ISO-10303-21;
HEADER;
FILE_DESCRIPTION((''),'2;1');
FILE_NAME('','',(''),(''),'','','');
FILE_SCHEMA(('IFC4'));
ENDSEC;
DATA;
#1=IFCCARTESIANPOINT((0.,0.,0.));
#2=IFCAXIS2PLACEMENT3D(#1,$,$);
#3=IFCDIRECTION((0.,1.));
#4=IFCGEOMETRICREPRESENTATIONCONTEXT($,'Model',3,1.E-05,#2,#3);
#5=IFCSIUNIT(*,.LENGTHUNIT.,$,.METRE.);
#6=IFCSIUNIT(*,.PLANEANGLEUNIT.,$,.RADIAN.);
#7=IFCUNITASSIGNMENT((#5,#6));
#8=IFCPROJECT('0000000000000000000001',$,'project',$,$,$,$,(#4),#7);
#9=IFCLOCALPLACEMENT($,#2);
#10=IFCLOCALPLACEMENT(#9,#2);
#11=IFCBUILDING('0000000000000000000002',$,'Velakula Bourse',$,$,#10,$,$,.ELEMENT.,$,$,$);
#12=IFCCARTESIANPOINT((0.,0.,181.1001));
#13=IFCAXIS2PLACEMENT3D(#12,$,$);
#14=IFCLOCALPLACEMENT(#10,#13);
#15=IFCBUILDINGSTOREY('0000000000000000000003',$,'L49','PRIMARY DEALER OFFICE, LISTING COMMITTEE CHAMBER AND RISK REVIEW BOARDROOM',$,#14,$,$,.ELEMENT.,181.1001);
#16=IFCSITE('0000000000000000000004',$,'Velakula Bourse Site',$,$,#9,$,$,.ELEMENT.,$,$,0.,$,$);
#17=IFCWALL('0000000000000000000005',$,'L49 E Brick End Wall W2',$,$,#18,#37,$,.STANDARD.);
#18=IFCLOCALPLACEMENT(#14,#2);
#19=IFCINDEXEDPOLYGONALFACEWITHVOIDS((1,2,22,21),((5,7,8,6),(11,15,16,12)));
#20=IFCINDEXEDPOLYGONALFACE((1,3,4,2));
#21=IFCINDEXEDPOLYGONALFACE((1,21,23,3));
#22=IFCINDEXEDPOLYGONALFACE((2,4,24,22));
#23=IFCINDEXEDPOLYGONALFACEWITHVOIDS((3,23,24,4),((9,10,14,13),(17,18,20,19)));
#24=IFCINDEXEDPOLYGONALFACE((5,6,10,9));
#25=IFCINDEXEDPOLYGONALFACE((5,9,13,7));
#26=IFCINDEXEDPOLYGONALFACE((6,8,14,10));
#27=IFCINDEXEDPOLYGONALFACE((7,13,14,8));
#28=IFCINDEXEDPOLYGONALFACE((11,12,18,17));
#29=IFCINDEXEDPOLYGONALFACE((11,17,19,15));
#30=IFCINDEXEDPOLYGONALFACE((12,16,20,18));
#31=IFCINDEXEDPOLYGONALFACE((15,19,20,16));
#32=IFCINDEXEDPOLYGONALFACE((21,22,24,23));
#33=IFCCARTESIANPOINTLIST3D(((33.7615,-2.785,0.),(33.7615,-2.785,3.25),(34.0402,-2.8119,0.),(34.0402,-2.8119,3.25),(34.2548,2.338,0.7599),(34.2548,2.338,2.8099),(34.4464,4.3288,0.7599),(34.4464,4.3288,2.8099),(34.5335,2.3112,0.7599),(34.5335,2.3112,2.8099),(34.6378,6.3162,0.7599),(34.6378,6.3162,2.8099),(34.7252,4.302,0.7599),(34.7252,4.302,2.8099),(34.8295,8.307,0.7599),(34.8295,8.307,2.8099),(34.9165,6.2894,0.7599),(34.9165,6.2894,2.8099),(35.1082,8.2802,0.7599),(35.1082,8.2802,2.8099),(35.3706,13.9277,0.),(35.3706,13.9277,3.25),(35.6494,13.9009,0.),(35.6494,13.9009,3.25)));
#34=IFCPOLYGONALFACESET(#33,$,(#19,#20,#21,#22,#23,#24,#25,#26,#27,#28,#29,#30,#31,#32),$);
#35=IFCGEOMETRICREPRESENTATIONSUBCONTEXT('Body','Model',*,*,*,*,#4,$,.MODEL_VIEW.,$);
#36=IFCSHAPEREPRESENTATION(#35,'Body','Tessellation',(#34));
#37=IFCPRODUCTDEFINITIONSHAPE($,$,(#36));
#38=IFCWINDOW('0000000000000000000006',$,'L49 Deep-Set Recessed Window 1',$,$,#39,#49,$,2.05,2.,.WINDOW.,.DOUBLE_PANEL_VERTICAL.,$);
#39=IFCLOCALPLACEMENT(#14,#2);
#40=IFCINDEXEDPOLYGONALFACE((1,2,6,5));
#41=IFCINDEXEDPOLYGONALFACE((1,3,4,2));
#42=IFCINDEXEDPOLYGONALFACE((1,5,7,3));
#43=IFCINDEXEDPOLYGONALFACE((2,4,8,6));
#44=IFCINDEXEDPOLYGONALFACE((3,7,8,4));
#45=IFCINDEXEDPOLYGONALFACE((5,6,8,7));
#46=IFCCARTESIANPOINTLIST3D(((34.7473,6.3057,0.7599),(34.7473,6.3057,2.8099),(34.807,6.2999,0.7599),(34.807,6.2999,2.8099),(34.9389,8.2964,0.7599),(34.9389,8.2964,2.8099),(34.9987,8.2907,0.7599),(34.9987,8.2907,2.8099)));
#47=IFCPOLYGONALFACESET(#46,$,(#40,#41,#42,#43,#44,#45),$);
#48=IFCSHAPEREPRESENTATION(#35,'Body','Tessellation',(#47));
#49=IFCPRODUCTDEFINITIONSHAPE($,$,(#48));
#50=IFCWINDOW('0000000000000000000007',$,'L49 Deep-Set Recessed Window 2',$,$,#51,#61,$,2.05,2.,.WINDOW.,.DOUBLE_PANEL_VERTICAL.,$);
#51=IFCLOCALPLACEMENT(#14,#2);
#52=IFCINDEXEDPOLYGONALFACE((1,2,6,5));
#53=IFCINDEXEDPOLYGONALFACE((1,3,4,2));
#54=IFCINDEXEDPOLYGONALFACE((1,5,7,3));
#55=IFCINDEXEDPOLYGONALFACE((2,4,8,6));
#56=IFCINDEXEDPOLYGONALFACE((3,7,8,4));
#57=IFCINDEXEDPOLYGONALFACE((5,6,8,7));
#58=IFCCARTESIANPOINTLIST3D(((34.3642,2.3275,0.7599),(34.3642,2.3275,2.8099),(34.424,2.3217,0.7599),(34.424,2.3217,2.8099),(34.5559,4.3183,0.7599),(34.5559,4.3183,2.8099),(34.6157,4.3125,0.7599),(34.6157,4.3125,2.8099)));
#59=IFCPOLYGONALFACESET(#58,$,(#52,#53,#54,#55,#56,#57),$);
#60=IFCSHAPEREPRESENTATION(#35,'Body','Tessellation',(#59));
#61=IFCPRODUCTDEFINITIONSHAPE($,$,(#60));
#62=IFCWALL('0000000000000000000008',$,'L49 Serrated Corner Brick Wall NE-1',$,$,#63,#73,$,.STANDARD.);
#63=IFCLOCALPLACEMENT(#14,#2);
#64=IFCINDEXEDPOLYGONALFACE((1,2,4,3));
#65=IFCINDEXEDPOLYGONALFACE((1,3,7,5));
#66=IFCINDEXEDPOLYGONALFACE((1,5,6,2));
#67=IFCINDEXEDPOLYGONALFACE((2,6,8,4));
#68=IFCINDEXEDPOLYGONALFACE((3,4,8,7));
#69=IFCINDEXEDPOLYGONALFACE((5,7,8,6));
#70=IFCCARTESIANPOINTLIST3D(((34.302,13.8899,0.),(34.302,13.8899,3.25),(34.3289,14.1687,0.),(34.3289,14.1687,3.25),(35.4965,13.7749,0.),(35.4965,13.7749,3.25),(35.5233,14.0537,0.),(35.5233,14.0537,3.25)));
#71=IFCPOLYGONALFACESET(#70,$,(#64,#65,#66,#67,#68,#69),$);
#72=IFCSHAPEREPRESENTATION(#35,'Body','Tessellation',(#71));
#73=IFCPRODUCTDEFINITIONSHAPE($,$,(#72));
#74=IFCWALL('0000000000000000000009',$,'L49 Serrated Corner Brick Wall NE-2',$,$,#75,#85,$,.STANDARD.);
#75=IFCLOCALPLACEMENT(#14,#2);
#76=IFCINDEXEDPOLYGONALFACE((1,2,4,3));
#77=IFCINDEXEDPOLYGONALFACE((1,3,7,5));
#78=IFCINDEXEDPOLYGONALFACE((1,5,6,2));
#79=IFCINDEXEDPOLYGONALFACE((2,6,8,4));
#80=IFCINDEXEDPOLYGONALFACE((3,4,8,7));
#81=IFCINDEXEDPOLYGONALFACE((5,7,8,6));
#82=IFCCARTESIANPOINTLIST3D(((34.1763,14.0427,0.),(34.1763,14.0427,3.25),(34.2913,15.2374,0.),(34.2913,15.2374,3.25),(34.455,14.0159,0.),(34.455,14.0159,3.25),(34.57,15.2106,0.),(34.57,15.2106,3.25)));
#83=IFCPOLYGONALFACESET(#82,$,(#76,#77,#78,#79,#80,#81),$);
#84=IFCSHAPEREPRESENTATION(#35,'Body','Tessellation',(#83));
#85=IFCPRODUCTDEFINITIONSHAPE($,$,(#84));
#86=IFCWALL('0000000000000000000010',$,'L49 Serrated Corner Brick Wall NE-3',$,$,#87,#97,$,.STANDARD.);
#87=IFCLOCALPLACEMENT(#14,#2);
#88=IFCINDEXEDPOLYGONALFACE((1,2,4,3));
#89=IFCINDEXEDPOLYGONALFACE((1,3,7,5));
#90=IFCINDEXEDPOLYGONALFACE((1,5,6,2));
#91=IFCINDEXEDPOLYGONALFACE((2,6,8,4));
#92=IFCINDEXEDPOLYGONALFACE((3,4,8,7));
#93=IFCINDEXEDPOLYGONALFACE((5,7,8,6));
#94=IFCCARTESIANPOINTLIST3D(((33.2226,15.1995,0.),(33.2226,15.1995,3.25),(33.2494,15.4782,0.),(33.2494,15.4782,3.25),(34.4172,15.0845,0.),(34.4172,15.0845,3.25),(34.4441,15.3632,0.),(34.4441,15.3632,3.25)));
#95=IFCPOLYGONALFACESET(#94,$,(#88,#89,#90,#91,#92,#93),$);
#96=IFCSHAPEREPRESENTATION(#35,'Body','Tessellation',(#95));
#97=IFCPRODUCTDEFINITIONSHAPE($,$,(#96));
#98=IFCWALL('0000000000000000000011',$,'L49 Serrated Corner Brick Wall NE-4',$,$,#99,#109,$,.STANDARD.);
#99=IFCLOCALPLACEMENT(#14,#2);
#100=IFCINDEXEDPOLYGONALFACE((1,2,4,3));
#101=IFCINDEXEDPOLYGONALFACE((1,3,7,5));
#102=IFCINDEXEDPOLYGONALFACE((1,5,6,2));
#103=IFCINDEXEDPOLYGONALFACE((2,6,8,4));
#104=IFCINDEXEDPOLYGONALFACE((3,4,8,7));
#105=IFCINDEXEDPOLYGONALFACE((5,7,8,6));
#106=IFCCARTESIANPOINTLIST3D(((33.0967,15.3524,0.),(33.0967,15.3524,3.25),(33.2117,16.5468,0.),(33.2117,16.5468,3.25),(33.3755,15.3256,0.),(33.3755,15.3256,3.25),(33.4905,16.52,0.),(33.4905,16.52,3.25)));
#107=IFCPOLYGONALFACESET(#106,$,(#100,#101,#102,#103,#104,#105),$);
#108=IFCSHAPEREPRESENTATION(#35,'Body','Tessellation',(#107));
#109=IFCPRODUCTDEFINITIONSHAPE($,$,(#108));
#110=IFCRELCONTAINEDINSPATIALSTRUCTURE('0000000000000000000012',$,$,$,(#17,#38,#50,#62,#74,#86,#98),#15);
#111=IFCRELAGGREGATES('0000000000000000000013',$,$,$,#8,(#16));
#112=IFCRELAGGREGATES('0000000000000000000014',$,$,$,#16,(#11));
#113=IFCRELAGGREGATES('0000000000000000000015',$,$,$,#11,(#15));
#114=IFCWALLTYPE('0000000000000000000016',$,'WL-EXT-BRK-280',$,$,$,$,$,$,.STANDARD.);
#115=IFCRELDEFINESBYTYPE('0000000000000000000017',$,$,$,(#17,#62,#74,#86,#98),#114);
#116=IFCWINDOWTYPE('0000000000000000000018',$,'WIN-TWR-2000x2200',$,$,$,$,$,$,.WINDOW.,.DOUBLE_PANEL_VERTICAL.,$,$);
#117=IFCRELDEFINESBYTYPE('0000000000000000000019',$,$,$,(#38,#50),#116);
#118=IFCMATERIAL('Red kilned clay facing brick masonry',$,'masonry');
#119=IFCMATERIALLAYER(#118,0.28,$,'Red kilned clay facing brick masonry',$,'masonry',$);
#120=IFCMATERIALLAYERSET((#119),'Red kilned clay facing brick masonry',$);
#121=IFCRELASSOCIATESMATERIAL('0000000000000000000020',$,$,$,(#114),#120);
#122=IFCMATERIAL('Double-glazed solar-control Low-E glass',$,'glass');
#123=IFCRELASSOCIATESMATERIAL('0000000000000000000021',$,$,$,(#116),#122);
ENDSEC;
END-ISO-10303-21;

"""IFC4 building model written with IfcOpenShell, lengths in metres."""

from ifc_helpers import new_model, si_unit, direction, frame, frame_2d, origin, place, context, subcontext, project, spatial, rectangle, extrude, material, layer, layer_set, type_object, element, fill, save


model = new_model("IFC4")

# Units and contexts
model_context = context("Model", 3, precision=1e-05, world=origin(), true_north=direction((0.0, 1.0)))
body_context = subcontext(model_context, "Body", "Model", "MODEL_VIEW")
ifc_project = project(units=[si_unit("LENGTHUNIT", "METRE"), si_unit("PLANEANGLEUNIT", "RADIAN")], contexts=[model_context])

# Site, building, storey
site_placement = place(None, origin())
site = spatial("IfcSite", under=ifc_project, at=site_placement, Name="Velakula Bourse Site", CompositionType="ELEMENT", RefElevation=0.0)
building_placement = place(site_placement, origin())
building = spatial("IfcBuilding", under=site, at=building_placement, Name="Velakula Bourse", CompositionType="ELEMENT")
storey_placement = place(building_placement, frame((0.0, 0.0, 181.1001)))
storey = spatial("IfcBuildingStorey", under=building, at=storey_placement, Name="L49", Description="PRIMARY DEALER OFFICE, LISTING COMMITTEE CHAMBER AND RISK REVIEW BOARDROOM", CompositionType="ELEMENT", Elevation=181.1001)

# Wall, openings, windows
ifc_material_1 = material(Name="Red kilned clay facing brick masonry", Category="masonry")
ifc_layer = layer(ifc_material_1, 0.28, Name="Red kilned clay facing brick masonry", Category="masonry")
ifc_layer_set = layer_set([ifc_layer], Name="Red kilned clay facing brick masonry")
wall_type = type_object("IfcWallType", Name="WL-EXT-BRK-280", PredefinedType="STANDARD", material=ifc_layer_set)
ifc_material_2 = material(Name="Double-glazed solar-control Low-E glass", Category="glass")
wall_1_placement = place(storey_placement, frame((35.51, 13.9143, 0.0), z_axis=(0.0, 0.0, 1.0), x_axis=(-0.095839, -0.995397, 0.0)))
wall_1 = element("IfcWall", 1, at=wall_1_placement, inside=storey, type_object=wall_type, Name="L49 E Brick End Wall W2", PredefinedType="STANDARD", context=body_context, shape_type="SweptSolid", body=[
    extrude(rectangle(XDim=16.79, YDim=0.28, at=frame_2d((8.395, 0.0))), origin(), (0.0, 0.0, 1.0), 3.25),
])
opening_1_placement = place(wall_1_placement, frame((5.6467, 0.0, 0.76)))
opening_1 = element("IfcOpeningElement", 2, at=opening_1_placement, cuts=wall_1, PredefinedType="OPENING", context=body_context, shape_type="SweptSolid", body=[
    extrude(rectangle(XDim=2.0, YDim=2.05, at=frame_2d((1.0, 1.0249))), frame((0.0, 0.1499, 0.0), z_axis=(0.0, -1.0, 0.0), x_axis=(1.0, 0.0, 0.0)), (0.0, 0.0, 1.0), 0.3),
])
opening_2_placement = place(wall_1_placement, frame((9.6433, 0.0, 0.76)))
opening_2 = element("IfcOpeningElement", 3, at=opening_2_placement, cuts=wall_1, PredefinedType="OPENING", context=body_context, shape_type="SweptSolid", body=[
    extrude(rectangle(XDim=2.0, YDim=2.05, at=frame_2d((1.0, 1.0249))), frame((0.0, 0.1499, 0.0), z_axis=(0.0, -1.0, 0.0), x_axis=(1.0, 0.0, 0.0)), (0.0, 0.0, 1.0), 0.3),
])
window_type_1 = type_object("IfcWindowType", Name="WIN-TWR-2000x2200", PartitioningType="DOUBLE_PANEL_VERTICAL", PredefinedType="WINDOW", material=ifc_material_2)
window_1_placement = place(opening_1_placement, origin())
window_1 = element("IfcWindow", 4, at=window_1_placement, inside=storey, type_object=window_type_1, Name="L49 Deep-Set Recessed Window 1", OverallHeight=2.05, OverallWidth=2.0, PartitioningType="DOUBLE_PANEL_VERTICAL", PredefinedType="WINDOW", context=body_context, shape_type="SweptSolid", body=[
    extrude(rectangle(XDim=2.0, YDim=2.05, at=frame_2d((1.0, 1.0249))), frame((0.0, 0.03, 0.0), z_axis=(0.0, -1.0, 0.0), x_axis=(1.0, 0.0, 0.0)), (0.0, 0.0, 1.0), 0.0601),
])
fill(opening_1, window_1)
window_2_placement = place(opening_2_placement, origin())
window_2 = element("IfcWindow", 5, at=window_2_placement, inside=storey, type_object=window_type_1, Name="L49 Deep-Set Recessed Window 2", OverallHeight=2.05, OverallWidth=2.0, PartitioningType="DOUBLE_PANEL_VERTICAL", PredefinedType="WINDOW", context=body_context, shape_type="SweptSolid", body=[
    extrude(rectangle(XDim=2.0, YDim=2.05, at=frame_2d((1.0, 1.0249))), frame((0.0, 0.03, 0.0), z_axis=(0.0, -1.0, 0.0), x_axis=(1.0, 0.0, 0.0)), (0.0, 0.0, 1.0), 0.0601),
])
fill(opening_2, window_2)

# Walls
wall_2_placement = place(storey_placement, frame((35.51, 13.9143, 0.0), z_axis=(0.0, 0.0, 1.0), x_axis=(-0.995397, 0.095836, 0.0)))
element("IfcWall", 6, at=wall_2_placement, inside=storey, type_object=wall_type, Name="L49 Serrated Corner Brick Wall NE-1", PredefinedType="STANDARD", context=body_context, shape_type="SweptSolid", body=[
    extrude(rectangle(XDim=1.2, YDim=0.28, at=frame_2d((0.6001, 0.0))), origin(), (0.0, 0.0, 1.0), 3.25),
])
for number, where, z_axis, x_axis, name in (
    (7, (34.3157, 14.0293, 0.0), (0.0, 0.0, 1.0), (0.095817, 0.995399, 0.0), "L49 Serrated Corner Brick Wall NE-2"),
    (8, (34.4307, 15.2239, 0.0), (0.0, 0.0, 1.0), (-0.995399, 0.095817, 0.0), "L49 Serrated Corner Brick Wall NE-3"),
):
    element("IfcWall", number, at=place(storey_placement, frame(where, z_axis=z_axis, x_axis=x_axis)), inside=storey, type_object=wall_type, Name=name, PredefinedType="STANDARD", context=body_context, shape_type="SweptSolid", body=[
        extrude(rectangle(XDim=1.2002, YDim=0.28, at=frame_2d((0.6001, 0.0))), origin(), (0.0, 0.0, 1.0), 3.25),
    ])
wall_3_placement = place(storey_placement, frame((33.2361, 15.3389, 0.0), z_axis=(0.0, 0.0, 1.0), x_axis=(0.095836, 0.995397, 0.0)))
element("IfcWall", 9, at=wall_3_placement, inside=storey, type_object=wall_type, Name="L49 Serrated Corner Brick Wall NE-4", PredefinedType="STANDARD", context=body_context, shape_type="SweptSolid", body=[
    extrude(rectangle(XDim=1.2, YDim=0.28, at=frame_2d((0.6001, 0.0))), origin(), (0.0, 0.0, 1.0), 3.25),
])

save(model, "model.ifc")
